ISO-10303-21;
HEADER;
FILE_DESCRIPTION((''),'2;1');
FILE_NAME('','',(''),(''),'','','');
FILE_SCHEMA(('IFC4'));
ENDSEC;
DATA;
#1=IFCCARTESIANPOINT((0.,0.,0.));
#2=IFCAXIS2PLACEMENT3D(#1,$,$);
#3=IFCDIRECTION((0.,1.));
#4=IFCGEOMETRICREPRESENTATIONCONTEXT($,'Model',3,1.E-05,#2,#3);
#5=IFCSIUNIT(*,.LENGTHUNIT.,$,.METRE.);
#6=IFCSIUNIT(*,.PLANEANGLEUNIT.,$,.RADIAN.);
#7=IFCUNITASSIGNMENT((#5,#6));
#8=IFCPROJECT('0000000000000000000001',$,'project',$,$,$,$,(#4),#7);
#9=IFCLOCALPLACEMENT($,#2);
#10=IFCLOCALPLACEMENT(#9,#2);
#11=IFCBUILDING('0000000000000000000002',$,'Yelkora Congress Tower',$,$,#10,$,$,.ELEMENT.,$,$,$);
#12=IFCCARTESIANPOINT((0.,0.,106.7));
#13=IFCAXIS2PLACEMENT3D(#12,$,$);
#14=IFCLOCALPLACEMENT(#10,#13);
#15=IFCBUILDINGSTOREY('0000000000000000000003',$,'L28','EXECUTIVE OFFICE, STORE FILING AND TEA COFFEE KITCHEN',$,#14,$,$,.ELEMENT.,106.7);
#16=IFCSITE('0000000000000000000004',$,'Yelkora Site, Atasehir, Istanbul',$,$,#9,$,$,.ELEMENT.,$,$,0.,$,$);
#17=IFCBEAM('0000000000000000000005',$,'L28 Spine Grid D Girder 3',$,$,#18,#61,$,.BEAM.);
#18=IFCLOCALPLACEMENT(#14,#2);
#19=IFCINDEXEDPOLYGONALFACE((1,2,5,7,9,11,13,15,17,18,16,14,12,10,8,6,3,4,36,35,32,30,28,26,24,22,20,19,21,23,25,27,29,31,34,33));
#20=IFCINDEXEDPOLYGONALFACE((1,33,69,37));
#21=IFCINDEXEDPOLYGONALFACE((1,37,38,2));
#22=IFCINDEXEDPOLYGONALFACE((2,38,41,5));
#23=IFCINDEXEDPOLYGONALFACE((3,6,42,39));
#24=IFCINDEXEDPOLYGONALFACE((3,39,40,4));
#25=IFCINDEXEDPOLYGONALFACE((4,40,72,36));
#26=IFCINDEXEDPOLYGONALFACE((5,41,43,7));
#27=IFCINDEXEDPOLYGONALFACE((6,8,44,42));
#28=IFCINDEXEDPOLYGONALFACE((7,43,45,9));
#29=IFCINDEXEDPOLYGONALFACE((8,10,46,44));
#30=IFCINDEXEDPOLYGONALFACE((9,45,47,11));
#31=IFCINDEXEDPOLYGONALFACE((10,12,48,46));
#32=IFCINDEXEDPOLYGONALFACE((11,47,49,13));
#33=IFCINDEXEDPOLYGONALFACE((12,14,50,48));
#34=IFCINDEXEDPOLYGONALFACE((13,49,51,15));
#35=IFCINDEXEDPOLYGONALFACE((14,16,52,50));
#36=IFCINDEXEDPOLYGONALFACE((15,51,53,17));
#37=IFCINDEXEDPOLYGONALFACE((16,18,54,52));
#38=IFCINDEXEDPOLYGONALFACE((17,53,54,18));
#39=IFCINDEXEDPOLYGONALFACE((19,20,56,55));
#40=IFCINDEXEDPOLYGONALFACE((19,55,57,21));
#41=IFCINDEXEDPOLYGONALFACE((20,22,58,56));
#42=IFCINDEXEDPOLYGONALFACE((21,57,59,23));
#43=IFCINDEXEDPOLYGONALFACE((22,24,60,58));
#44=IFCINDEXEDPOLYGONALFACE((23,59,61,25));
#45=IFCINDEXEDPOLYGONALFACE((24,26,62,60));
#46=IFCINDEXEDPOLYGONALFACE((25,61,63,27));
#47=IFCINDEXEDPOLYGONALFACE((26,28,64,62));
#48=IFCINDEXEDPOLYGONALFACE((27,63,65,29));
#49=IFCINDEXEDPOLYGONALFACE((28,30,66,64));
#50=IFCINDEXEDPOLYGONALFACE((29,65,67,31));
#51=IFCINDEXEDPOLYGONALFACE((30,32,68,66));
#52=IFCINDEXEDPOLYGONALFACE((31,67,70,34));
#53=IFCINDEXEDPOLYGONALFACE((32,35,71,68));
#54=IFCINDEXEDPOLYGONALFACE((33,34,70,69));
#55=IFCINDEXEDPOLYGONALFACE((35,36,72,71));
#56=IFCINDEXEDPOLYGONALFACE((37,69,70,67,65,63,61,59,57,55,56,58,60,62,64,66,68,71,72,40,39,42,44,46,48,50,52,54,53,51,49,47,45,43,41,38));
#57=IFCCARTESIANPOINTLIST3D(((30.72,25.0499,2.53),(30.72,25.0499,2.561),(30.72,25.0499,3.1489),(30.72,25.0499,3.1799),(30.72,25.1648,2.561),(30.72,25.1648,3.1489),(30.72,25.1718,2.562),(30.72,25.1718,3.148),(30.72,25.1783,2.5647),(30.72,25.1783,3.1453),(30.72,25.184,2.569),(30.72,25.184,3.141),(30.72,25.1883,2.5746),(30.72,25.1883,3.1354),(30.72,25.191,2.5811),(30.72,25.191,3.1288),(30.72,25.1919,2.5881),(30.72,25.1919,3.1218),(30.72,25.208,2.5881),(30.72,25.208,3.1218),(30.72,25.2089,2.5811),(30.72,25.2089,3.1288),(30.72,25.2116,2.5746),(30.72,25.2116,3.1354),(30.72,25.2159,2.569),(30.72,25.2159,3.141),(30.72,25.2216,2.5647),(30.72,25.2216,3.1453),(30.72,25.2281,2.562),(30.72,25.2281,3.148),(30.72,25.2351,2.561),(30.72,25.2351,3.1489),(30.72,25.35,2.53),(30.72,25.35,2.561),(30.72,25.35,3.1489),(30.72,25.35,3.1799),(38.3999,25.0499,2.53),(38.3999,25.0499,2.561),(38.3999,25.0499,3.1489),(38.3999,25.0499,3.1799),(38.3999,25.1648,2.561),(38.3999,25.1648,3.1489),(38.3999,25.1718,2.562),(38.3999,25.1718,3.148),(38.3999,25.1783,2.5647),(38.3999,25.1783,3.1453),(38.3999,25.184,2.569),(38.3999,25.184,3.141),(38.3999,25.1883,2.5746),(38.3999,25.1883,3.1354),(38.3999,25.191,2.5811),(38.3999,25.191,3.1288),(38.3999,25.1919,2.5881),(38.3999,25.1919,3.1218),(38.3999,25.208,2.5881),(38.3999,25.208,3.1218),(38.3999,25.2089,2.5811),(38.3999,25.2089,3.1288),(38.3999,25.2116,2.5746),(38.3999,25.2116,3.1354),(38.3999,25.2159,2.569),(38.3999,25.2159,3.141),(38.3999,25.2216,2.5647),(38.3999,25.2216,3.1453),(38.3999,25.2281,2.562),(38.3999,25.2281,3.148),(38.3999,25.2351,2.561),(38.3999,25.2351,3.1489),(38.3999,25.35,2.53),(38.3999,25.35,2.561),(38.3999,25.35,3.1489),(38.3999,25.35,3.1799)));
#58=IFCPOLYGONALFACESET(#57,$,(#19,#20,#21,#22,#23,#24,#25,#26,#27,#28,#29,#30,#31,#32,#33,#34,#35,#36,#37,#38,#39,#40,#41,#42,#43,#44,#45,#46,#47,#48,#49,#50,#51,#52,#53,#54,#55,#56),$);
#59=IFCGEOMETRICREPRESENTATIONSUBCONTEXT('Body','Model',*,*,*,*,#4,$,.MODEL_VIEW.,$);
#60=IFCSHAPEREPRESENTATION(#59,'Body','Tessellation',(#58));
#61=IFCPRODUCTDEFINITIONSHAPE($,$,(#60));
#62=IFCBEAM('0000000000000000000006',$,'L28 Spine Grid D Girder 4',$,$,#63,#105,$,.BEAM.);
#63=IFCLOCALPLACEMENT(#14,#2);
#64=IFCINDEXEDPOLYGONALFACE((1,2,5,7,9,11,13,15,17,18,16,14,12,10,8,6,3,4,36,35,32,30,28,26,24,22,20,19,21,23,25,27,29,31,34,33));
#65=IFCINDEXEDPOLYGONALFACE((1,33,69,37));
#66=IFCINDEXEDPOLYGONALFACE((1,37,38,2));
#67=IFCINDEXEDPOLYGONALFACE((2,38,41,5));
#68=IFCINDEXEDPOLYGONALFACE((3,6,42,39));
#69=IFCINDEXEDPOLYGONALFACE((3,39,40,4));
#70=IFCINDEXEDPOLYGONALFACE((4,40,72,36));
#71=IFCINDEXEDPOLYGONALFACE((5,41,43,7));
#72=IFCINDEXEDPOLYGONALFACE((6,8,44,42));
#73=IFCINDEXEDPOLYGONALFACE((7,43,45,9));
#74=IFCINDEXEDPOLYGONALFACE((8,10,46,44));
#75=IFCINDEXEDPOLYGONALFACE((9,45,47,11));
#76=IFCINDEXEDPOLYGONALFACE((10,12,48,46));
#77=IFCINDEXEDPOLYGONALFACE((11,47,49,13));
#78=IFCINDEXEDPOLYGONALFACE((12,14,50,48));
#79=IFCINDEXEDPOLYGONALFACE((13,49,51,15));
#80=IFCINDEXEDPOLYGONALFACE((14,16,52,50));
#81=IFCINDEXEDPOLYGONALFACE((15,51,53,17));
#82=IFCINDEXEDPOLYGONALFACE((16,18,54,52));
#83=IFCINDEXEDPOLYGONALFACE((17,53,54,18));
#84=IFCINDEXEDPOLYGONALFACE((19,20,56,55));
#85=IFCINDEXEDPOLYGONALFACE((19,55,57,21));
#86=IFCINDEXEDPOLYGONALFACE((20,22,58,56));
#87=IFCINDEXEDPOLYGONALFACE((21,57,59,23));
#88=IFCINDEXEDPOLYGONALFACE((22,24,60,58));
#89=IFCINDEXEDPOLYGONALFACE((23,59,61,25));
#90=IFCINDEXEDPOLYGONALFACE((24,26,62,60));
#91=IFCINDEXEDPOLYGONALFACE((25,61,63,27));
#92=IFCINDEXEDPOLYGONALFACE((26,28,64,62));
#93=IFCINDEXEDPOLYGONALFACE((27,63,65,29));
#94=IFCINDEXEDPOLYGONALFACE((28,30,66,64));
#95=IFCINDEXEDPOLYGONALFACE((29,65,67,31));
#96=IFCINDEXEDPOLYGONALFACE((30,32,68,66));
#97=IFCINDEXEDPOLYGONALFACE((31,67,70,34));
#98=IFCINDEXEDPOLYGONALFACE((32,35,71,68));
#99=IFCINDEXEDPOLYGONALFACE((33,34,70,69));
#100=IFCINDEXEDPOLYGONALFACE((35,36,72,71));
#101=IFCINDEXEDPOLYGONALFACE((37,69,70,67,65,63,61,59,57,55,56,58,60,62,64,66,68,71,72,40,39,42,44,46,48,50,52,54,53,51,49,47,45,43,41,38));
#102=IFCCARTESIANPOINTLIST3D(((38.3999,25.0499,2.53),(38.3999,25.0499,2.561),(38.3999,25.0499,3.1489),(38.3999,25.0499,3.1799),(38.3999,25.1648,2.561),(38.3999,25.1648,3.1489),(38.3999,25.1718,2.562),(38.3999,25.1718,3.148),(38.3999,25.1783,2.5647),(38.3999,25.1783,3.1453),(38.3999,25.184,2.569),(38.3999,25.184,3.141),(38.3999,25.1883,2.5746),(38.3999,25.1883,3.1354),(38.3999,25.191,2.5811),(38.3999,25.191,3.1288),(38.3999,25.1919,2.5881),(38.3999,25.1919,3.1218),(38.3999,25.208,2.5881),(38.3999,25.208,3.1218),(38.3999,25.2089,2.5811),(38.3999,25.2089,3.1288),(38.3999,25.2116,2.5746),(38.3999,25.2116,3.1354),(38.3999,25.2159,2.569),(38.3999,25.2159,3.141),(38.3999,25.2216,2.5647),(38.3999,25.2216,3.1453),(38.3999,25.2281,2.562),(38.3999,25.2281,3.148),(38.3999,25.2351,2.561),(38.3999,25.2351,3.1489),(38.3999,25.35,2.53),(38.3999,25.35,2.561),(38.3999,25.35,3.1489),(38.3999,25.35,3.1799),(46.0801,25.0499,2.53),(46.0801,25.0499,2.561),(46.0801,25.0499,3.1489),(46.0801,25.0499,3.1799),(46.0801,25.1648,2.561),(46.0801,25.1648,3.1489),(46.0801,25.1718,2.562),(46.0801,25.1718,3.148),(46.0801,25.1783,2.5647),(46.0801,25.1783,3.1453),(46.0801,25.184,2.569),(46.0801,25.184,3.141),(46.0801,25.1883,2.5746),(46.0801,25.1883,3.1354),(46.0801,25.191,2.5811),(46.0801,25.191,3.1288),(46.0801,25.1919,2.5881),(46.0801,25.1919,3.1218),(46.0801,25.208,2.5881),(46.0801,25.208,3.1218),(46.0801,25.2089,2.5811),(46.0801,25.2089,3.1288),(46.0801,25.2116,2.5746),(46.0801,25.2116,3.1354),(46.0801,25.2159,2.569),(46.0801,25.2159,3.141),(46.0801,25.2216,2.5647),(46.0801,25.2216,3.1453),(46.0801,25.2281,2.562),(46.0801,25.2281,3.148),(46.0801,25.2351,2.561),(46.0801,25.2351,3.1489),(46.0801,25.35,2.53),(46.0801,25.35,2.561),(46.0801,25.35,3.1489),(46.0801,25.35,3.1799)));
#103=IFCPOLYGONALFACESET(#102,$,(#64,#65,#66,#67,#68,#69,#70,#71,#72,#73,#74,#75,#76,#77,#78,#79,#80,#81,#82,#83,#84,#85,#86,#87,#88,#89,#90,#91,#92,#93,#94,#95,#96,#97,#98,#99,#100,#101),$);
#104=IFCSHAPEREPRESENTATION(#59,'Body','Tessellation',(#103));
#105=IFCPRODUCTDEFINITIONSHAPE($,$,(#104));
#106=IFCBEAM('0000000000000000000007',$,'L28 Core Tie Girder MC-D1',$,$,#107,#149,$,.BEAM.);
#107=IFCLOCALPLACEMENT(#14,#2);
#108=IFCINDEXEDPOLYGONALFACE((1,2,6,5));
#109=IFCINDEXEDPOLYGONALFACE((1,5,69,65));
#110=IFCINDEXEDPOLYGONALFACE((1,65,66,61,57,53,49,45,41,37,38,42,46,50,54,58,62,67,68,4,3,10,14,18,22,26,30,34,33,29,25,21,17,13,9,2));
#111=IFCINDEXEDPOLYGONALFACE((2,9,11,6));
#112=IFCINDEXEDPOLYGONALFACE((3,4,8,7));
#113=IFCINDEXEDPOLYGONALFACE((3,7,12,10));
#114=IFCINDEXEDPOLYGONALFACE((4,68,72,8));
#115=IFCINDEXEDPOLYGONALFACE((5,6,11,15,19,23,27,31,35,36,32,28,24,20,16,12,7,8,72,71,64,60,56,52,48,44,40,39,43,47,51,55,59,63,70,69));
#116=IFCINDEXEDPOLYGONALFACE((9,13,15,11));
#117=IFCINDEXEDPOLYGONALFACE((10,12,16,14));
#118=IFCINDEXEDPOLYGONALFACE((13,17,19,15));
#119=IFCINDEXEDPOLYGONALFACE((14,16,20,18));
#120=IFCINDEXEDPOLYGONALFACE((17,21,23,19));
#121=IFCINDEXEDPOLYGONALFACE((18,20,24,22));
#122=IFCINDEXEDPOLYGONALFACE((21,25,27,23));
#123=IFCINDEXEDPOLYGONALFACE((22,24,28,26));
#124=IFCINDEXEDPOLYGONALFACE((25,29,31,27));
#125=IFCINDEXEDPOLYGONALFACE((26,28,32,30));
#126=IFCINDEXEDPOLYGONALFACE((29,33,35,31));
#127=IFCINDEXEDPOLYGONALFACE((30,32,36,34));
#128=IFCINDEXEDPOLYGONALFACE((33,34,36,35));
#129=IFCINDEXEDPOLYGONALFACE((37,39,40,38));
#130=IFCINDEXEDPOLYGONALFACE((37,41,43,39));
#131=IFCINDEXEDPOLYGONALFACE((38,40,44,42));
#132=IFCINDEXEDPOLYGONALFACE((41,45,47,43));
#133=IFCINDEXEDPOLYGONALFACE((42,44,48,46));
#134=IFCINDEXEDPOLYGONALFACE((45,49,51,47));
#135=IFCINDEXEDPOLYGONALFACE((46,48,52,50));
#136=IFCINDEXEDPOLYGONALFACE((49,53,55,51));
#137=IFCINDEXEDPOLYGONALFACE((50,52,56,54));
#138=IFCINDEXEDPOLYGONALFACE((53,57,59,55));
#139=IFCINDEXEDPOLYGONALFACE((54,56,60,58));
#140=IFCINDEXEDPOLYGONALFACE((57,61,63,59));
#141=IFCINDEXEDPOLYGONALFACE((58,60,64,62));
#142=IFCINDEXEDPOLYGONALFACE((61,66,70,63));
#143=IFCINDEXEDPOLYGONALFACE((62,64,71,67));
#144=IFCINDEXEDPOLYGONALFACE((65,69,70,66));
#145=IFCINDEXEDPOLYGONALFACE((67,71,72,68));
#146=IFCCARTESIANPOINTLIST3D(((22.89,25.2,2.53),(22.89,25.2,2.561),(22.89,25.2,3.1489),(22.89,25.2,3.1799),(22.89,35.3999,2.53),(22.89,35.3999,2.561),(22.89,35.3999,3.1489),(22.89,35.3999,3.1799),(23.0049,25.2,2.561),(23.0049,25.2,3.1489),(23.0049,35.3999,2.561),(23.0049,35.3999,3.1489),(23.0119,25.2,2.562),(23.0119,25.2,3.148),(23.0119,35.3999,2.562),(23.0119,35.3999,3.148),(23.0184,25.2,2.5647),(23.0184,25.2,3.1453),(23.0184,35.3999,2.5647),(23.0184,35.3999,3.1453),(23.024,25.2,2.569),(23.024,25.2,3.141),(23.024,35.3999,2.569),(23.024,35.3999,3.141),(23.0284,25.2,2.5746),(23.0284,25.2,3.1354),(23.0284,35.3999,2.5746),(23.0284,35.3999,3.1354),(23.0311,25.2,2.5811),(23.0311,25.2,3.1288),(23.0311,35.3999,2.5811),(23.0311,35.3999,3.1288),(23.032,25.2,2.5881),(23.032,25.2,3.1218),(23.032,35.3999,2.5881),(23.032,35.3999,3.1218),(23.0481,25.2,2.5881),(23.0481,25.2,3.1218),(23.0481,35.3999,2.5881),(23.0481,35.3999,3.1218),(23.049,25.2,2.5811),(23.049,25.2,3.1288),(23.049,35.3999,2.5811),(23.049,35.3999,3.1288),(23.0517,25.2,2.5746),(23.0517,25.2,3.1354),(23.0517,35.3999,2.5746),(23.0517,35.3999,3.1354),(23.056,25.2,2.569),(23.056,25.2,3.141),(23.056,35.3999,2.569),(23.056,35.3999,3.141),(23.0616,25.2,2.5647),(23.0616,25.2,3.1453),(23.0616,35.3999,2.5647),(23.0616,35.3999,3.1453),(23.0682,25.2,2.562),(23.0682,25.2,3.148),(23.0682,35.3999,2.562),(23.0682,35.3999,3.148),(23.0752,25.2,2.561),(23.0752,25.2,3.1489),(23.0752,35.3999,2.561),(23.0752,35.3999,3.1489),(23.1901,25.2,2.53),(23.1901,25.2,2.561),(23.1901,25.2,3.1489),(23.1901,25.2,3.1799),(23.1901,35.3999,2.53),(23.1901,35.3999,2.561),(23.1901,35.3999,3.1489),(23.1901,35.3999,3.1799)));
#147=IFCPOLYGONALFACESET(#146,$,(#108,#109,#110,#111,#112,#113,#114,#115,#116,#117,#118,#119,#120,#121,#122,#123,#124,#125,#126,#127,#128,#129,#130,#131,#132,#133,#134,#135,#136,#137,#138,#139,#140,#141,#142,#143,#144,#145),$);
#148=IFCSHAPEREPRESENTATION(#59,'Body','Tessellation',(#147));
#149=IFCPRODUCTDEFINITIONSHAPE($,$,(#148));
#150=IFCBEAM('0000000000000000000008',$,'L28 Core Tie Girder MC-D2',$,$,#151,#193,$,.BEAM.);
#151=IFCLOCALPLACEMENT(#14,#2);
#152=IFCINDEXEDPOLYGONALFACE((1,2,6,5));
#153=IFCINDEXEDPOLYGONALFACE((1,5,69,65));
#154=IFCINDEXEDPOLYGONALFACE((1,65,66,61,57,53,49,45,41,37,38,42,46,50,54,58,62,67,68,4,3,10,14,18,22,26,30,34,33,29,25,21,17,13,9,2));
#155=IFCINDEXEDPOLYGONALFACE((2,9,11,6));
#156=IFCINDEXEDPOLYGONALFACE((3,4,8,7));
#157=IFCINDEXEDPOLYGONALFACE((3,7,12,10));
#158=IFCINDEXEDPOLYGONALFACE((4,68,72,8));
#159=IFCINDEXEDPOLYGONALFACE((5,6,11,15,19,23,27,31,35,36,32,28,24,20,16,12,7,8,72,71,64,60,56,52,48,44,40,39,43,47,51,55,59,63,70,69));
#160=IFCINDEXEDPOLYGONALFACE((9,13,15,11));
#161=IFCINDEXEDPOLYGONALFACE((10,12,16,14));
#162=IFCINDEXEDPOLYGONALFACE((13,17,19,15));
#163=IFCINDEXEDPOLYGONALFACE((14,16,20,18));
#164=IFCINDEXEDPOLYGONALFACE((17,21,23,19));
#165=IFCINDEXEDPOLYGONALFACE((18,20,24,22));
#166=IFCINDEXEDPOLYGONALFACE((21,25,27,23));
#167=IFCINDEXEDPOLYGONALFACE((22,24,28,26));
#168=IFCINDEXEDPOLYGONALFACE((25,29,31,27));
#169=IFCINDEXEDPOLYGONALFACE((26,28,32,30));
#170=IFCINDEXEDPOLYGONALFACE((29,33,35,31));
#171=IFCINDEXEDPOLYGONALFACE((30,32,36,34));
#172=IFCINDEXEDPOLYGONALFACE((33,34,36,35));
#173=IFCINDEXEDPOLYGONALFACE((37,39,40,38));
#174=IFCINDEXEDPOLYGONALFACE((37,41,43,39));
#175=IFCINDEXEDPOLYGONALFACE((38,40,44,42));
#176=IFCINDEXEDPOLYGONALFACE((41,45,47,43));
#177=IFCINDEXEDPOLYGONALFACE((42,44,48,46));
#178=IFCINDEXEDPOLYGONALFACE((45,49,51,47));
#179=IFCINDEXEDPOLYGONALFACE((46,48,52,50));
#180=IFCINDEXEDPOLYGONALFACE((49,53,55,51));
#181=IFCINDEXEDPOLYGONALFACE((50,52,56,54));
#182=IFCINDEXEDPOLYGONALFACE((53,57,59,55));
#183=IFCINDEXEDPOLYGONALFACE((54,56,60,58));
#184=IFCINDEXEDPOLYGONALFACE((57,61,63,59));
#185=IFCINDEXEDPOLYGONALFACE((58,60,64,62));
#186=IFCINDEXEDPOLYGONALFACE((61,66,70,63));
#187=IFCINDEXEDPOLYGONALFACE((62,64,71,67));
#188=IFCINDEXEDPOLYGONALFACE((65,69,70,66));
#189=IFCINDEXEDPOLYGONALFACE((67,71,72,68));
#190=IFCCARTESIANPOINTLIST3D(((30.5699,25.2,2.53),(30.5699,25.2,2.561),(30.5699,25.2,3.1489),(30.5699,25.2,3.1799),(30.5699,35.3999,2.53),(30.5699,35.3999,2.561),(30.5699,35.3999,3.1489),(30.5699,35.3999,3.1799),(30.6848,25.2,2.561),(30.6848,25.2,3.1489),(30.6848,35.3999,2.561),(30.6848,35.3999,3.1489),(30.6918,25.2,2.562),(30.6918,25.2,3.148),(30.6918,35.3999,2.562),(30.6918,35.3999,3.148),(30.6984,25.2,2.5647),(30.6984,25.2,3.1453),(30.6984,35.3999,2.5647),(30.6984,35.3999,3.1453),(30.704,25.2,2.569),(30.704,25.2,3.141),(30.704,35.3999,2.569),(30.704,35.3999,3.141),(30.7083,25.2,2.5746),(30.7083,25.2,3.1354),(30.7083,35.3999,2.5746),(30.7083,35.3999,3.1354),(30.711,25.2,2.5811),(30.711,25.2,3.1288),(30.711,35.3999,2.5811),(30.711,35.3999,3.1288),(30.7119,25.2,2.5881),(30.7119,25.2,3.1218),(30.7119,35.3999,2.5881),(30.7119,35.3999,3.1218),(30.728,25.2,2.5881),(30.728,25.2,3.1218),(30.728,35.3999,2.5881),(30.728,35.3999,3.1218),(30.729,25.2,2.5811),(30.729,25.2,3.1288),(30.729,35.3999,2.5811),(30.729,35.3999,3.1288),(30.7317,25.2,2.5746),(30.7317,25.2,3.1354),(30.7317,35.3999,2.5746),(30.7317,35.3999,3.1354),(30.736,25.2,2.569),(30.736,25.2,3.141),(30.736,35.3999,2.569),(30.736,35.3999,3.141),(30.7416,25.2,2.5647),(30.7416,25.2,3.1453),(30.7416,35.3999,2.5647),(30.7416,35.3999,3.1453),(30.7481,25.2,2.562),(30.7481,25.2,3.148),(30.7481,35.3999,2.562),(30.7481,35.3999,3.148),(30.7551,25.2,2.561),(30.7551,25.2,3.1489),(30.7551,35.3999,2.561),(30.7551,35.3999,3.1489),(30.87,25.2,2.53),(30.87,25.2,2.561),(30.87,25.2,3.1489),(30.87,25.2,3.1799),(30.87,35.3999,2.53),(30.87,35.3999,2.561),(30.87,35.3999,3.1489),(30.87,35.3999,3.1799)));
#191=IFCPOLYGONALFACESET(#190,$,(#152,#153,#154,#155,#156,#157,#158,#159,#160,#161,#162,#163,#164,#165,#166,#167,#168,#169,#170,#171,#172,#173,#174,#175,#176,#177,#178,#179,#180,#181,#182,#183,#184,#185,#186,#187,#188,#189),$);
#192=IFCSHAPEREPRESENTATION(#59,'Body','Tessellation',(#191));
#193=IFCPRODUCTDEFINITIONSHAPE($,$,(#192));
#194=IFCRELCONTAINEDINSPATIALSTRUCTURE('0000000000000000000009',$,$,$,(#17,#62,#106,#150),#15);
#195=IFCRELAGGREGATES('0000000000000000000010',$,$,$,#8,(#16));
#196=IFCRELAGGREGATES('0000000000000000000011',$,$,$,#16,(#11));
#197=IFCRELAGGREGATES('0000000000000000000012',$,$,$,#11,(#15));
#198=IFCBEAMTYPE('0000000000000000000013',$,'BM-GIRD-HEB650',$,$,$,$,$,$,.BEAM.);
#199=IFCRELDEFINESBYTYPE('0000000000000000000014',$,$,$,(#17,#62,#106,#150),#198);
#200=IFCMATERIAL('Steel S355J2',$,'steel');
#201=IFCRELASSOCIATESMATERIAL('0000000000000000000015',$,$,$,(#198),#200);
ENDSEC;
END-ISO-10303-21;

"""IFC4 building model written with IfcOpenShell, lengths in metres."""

from ifc_helpers import new_model, si_unit, direction, frame, origin, origin_2d, place, context, subcontext, project, spatial, i_section, extrude, material, material_profile, profile_set, type_object, element, save


model = new_model("IFC4")

# Units and contexts
model_context = context("Model", 3, precision=1e-05, world=origin(), true_north=direction((0.0, 1.0)))
body_context = subcontext(model_context, "Body", "Model", "MODEL_VIEW")
ifc_project = project(units=[si_unit("LENGTHUNIT", "METRE"), si_unit("PLANEANGLEUNIT", "RADIAN")], contexts=[model_context])

# Site, building, storey
site_placement = place(None, origin())
site = spatial("IfcSite", under=ifc_project, at=site_placement, Name="Yelkora Site, Atasehir, Istanbul", CompositionType="ELEMENT", RefElevation=0.0)
building_placement = place(site_placement, origin())
building = spatial("IfcBuilding", under=site, at=building_placement, Name="Yelkora Congress Tower", CompositionType="ELEMENT")
storey_placement = place(building_placement, frame((0.0, 0.0, 106.7)))
storey = spatial("IfcBuildingStorey", under=building, at=storey_placement, Name="L28", Description="EXECUTIVE OFFICE, STORE FILING AND TEA COFFEE KITCHEN", CompositionType="ELEMENT", Elevation=106.7)

# Beams
ifc_material_1 = material(Name="Steel S355J2", Category="steel")
ifc_material_profile_1 = material_profile(ifc_material_1, i_section(OverallWidth=0.3, OverallDepth=0.6499, WebThickness=0.0161, FlangeThickness=0.031, FilletRadius=0.0271, at=origin_2d()), Name="HEB 650")
ifc_profile_set_1 = profile_set([ifc_material_profile_1], Name="Steel S355J2")
beam_type_1 = type_object("IfcBeamType", Name="BM-GIRD-HEB650", PredefinedType="BEAM", material=ifc_profile_set_1)
for number, where, z_axis, x_axis, name in (
    (1, (30.72, 25.2, 2.855), (1.0, 0.0, 0.0), (0.0, 1.0, 0.0), "L28 Spine Grid D Girder 3"),
):
    element("IfcBeam", number, at=place(storey_placement, frame(where, z_axis=z_axis, x_axis=x_axis)), inside=storey, type_object=beam_type_1, Name=name, PredefinedType="BEAM", context=body_context, shape_type="SweptSolid", body=[
        extrude(i_section(OverallWidth=0.3, OverallDepth=0.6499, WebThickness=0.0161, FlangeThickness=0.031, FilletRadius=0.0271, at=origin_2d()), origin(), (0.0, 0.0, 1.0), 7.6799),
    ])
beam_1_placement = place(storey_placement, frame((38.3999, 25.2, 2.855), z_axis=(1.0, 0.0, 0.0), x_axis=(0.0, 1.0, 0.0)))
element("IfcBeam", 2, at=beam_1_placement, inside=storey, type_object=beam_type_1, Name="L28 Spine Grid D Girder 4", PredefinedType="BEAM", context=body_context, shape_type="SweptSolid", body=[
    extrude(i_section(OverallWidth=0.3, OverallDepth=0.6499, WebThickness=0.0161, FlangeThickness=0.031, FilletRadius=0.0271, at=origin_2d()), origin(), (0.0, 0.0, 1.0), 7.6802),
])
for number, where, z_axis, x_axis, name in (
    (3, (23.04, 25.2, 2.855), (0.0, 1.0, 0.0), (-1.0, 0.0, 0.0), "L28 Core Tie Girder MC-D1"),
    (4, (30.72, 25.2, 2.855), (0.0, 1.0, 0.0), (-1.0, 0.0, 0.0), "L28 Core Tie Girder MC-D2"),
):
    element("IfcBeam", number, at=place(storey_placement, frame(where, z_axis=z_axis, x_axis=x_axis)), inside=storey, type_object=beam_type_1, Name=name, PredefinedType="BEAM", context=body_context, shape_type="SweptSolid", body=[
        extrude(i_section(OverallWidth=0.3, OverallDepth=0.6499, WebThickness=0.0161, FlangeThickness=0.031, FilletRadius=0.0271, at=origin_2d()), origin(), (0.0, 0.0, 1.0), 10.2),
    ])

save(model, "model.ifc")
